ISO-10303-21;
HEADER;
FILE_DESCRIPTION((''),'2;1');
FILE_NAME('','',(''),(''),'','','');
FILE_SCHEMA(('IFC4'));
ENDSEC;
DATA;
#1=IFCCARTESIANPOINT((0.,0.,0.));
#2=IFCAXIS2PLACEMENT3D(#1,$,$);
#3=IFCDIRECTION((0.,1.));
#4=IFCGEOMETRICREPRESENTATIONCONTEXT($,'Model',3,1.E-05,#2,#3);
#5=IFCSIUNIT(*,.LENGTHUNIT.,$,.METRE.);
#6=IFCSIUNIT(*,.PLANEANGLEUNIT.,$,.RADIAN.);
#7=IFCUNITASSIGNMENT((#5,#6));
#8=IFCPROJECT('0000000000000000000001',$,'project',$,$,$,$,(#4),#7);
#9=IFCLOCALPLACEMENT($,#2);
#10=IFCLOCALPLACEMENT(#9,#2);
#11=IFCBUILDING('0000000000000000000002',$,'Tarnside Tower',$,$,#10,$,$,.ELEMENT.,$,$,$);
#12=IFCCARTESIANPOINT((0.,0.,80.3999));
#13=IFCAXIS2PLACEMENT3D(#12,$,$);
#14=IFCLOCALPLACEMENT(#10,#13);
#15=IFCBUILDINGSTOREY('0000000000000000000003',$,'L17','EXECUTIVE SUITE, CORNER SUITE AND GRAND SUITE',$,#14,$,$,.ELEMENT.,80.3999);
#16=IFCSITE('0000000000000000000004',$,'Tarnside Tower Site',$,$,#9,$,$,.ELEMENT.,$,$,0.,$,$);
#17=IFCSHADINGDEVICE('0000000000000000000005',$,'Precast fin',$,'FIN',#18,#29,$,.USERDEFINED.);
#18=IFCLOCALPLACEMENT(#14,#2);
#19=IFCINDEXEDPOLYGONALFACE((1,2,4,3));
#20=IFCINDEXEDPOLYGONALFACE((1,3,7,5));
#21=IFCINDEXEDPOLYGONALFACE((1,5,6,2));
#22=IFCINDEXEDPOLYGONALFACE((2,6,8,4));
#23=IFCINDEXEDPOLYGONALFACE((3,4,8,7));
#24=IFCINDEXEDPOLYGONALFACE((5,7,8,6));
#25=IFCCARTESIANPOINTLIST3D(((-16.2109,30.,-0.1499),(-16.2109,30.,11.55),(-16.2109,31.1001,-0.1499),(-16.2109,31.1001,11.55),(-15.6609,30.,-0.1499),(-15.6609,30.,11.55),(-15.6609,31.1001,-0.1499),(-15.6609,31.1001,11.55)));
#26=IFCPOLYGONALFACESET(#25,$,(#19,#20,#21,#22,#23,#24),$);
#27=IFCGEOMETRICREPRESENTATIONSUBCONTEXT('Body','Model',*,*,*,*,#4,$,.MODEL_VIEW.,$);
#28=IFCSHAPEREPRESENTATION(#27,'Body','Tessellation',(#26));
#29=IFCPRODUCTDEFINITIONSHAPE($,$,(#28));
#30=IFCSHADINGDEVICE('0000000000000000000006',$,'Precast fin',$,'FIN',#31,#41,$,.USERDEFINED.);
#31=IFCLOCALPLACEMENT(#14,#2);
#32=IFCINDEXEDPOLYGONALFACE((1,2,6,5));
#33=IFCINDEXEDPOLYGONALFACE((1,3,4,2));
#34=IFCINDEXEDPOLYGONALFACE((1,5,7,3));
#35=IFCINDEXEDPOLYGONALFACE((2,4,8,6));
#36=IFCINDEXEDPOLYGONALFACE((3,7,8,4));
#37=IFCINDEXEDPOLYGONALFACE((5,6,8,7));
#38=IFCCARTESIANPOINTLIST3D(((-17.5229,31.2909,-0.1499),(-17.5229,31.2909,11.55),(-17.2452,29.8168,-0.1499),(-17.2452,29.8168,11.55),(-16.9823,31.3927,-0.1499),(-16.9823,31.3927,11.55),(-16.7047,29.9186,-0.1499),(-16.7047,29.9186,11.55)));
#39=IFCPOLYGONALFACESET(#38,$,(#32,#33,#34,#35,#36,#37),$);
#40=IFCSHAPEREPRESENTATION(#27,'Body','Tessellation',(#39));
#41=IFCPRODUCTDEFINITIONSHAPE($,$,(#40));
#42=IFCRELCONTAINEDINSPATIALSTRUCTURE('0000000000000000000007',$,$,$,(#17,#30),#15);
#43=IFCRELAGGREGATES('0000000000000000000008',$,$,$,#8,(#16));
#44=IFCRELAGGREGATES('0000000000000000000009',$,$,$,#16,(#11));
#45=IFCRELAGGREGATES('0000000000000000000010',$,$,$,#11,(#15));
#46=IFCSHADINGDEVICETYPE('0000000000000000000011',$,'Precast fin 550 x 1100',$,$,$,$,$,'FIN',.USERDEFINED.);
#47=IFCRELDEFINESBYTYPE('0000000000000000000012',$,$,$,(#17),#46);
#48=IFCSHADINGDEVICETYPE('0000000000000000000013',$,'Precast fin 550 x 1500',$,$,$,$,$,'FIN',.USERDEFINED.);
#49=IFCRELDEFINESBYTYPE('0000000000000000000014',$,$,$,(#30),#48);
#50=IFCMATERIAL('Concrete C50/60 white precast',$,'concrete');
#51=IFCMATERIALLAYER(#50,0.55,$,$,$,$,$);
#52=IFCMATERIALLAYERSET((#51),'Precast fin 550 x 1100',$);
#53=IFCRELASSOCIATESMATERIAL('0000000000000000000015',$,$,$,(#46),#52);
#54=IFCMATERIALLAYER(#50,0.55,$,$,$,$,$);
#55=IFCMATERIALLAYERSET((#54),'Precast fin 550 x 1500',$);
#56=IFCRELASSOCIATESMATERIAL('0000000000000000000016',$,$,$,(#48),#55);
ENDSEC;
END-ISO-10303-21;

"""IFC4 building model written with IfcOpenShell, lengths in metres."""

from ifc_helpers import new_model, si_unit, direction, frame, origin, place, context, subcontext, project, spatial, polyline, outline, extrude, material, layer, layer_set, type_object, element, save


model = new_model("IFC4")

# Units and contexts
model_context = context("Model", 3, precision=1e-05, world=origin(), true_north=direction((0.0, 1.0)))
body_context = subcontext(model_context, "Body", "Model", "MODEL_VIEW")
ifc_project = project(units=[si_unit("LENGTHUNIT", "METRE"), si_unit("PLANEANGLEUNIT", "RADIAN")], contexts=[model_context])

# Site, building, storey
site_placement = place(None, origin())
site = spatial("IfcSite", under=ifc_project, at=site_placement, Name="Tarnside Tower Site", CompositionType="ELEMENT", RefElevation=0.0)
building_placement = place(site_placement, origin())
building = spatial("IfcBuilding", under=site, at=building_placement, Name="Tarnside Tower", CompositionType="ELEMENT")
storey_placement = place(building_placement, frame((0.0, 0.0, 80.3999)))
storey = spatial("IfcBuildingStorey", under=building, at=storey_placement, Name="L17", Description="EXECUTIVE SUITE, CORNER SUITE AND GRAND SUITE", CompositionType="ELEMENT", Elevation=80.3999)

# Shading devices
ifc_material_1 = material(Name="Concrete C50/60 white precast", Category="concrete")
ifc_layer_1 = layer(ifc_material_1, 0.55)
ifc_layer_set_1 = layer_set([ifc_layer_1], Name="Precast fin 550 x 1100")
shading_device_type_1 = type_object("IfcShadingDeviceType", Name="Precast fin 550 x 1100", ElementType="FIN", PredefinedType="USERDEFINED", material=ifc_layer_set_1)
for number, where, z_axis, x_axis, name in (
    (1, (-15.936, 30.0, -0.1499), (1.0, 0.0, 0.0), (0.0, 1.0, 0.0), "Precast fin"),
):
    element("IfcShadingDevice", number, at=place(storey_placement, frame(where, z_axis=z_axis, x_axis=x_axis)), inside=storey, type_object=shading_device_type_1, Name=name, ObjectType="FIN", PredefinedType="USERDEFINED", context=body_context, shape_type="SweptSolid", body=[
        extrude(outline(polyline([(0.0, 0.0), (1.1001, 0.0), (1.1001, 11.7), (0.0, 11.7), (0.0, 0.0)])), frame((0.0, 0.0, -0.2749)), (0.0, 0.0, 1.0), 0.55),
    ])
ifc_layer_2 = layer(ifc_material_1, 0.55)
ifc_layer_set_2 = layer_set([ifc_layer_2], Name="Precast fin 550 x 1500")
shading_device_type_2 = type_object("IfcShadingDeviceType", Name="Precast fin 550 x 1500", ElementType="FIN", PredefinedType="USERDEFINED", material=ifc_layer_set_2)
shading_device_placement = place(storey_placement, frame((-16.9751, 29.8677, -0.1499), z_axis=(0.982721, 0.185095, 0.0), x_axis=(-0.185095, 0.982721, 0.0)))
element("IfcShadingDevice", 2, at=shading_device_placement, inside=storey, type_object=shading_device_type_2, Name="Precast fin", ObjectType="FIN", PredefinedType="USERDEFINED", context=body_context, shape_type="SweptSolid", body=[
    extrude(outline(polyline([(0.0, 0.0), (1.5, 0.0), (1.5, 11.7), (0.0, 11.7), (0.0, 0.0)])), frame((0.0, 0.0, -0.2749)), (0.0, 0.0, 1.0), 0.55),
])

save(model, "model.ifc")
